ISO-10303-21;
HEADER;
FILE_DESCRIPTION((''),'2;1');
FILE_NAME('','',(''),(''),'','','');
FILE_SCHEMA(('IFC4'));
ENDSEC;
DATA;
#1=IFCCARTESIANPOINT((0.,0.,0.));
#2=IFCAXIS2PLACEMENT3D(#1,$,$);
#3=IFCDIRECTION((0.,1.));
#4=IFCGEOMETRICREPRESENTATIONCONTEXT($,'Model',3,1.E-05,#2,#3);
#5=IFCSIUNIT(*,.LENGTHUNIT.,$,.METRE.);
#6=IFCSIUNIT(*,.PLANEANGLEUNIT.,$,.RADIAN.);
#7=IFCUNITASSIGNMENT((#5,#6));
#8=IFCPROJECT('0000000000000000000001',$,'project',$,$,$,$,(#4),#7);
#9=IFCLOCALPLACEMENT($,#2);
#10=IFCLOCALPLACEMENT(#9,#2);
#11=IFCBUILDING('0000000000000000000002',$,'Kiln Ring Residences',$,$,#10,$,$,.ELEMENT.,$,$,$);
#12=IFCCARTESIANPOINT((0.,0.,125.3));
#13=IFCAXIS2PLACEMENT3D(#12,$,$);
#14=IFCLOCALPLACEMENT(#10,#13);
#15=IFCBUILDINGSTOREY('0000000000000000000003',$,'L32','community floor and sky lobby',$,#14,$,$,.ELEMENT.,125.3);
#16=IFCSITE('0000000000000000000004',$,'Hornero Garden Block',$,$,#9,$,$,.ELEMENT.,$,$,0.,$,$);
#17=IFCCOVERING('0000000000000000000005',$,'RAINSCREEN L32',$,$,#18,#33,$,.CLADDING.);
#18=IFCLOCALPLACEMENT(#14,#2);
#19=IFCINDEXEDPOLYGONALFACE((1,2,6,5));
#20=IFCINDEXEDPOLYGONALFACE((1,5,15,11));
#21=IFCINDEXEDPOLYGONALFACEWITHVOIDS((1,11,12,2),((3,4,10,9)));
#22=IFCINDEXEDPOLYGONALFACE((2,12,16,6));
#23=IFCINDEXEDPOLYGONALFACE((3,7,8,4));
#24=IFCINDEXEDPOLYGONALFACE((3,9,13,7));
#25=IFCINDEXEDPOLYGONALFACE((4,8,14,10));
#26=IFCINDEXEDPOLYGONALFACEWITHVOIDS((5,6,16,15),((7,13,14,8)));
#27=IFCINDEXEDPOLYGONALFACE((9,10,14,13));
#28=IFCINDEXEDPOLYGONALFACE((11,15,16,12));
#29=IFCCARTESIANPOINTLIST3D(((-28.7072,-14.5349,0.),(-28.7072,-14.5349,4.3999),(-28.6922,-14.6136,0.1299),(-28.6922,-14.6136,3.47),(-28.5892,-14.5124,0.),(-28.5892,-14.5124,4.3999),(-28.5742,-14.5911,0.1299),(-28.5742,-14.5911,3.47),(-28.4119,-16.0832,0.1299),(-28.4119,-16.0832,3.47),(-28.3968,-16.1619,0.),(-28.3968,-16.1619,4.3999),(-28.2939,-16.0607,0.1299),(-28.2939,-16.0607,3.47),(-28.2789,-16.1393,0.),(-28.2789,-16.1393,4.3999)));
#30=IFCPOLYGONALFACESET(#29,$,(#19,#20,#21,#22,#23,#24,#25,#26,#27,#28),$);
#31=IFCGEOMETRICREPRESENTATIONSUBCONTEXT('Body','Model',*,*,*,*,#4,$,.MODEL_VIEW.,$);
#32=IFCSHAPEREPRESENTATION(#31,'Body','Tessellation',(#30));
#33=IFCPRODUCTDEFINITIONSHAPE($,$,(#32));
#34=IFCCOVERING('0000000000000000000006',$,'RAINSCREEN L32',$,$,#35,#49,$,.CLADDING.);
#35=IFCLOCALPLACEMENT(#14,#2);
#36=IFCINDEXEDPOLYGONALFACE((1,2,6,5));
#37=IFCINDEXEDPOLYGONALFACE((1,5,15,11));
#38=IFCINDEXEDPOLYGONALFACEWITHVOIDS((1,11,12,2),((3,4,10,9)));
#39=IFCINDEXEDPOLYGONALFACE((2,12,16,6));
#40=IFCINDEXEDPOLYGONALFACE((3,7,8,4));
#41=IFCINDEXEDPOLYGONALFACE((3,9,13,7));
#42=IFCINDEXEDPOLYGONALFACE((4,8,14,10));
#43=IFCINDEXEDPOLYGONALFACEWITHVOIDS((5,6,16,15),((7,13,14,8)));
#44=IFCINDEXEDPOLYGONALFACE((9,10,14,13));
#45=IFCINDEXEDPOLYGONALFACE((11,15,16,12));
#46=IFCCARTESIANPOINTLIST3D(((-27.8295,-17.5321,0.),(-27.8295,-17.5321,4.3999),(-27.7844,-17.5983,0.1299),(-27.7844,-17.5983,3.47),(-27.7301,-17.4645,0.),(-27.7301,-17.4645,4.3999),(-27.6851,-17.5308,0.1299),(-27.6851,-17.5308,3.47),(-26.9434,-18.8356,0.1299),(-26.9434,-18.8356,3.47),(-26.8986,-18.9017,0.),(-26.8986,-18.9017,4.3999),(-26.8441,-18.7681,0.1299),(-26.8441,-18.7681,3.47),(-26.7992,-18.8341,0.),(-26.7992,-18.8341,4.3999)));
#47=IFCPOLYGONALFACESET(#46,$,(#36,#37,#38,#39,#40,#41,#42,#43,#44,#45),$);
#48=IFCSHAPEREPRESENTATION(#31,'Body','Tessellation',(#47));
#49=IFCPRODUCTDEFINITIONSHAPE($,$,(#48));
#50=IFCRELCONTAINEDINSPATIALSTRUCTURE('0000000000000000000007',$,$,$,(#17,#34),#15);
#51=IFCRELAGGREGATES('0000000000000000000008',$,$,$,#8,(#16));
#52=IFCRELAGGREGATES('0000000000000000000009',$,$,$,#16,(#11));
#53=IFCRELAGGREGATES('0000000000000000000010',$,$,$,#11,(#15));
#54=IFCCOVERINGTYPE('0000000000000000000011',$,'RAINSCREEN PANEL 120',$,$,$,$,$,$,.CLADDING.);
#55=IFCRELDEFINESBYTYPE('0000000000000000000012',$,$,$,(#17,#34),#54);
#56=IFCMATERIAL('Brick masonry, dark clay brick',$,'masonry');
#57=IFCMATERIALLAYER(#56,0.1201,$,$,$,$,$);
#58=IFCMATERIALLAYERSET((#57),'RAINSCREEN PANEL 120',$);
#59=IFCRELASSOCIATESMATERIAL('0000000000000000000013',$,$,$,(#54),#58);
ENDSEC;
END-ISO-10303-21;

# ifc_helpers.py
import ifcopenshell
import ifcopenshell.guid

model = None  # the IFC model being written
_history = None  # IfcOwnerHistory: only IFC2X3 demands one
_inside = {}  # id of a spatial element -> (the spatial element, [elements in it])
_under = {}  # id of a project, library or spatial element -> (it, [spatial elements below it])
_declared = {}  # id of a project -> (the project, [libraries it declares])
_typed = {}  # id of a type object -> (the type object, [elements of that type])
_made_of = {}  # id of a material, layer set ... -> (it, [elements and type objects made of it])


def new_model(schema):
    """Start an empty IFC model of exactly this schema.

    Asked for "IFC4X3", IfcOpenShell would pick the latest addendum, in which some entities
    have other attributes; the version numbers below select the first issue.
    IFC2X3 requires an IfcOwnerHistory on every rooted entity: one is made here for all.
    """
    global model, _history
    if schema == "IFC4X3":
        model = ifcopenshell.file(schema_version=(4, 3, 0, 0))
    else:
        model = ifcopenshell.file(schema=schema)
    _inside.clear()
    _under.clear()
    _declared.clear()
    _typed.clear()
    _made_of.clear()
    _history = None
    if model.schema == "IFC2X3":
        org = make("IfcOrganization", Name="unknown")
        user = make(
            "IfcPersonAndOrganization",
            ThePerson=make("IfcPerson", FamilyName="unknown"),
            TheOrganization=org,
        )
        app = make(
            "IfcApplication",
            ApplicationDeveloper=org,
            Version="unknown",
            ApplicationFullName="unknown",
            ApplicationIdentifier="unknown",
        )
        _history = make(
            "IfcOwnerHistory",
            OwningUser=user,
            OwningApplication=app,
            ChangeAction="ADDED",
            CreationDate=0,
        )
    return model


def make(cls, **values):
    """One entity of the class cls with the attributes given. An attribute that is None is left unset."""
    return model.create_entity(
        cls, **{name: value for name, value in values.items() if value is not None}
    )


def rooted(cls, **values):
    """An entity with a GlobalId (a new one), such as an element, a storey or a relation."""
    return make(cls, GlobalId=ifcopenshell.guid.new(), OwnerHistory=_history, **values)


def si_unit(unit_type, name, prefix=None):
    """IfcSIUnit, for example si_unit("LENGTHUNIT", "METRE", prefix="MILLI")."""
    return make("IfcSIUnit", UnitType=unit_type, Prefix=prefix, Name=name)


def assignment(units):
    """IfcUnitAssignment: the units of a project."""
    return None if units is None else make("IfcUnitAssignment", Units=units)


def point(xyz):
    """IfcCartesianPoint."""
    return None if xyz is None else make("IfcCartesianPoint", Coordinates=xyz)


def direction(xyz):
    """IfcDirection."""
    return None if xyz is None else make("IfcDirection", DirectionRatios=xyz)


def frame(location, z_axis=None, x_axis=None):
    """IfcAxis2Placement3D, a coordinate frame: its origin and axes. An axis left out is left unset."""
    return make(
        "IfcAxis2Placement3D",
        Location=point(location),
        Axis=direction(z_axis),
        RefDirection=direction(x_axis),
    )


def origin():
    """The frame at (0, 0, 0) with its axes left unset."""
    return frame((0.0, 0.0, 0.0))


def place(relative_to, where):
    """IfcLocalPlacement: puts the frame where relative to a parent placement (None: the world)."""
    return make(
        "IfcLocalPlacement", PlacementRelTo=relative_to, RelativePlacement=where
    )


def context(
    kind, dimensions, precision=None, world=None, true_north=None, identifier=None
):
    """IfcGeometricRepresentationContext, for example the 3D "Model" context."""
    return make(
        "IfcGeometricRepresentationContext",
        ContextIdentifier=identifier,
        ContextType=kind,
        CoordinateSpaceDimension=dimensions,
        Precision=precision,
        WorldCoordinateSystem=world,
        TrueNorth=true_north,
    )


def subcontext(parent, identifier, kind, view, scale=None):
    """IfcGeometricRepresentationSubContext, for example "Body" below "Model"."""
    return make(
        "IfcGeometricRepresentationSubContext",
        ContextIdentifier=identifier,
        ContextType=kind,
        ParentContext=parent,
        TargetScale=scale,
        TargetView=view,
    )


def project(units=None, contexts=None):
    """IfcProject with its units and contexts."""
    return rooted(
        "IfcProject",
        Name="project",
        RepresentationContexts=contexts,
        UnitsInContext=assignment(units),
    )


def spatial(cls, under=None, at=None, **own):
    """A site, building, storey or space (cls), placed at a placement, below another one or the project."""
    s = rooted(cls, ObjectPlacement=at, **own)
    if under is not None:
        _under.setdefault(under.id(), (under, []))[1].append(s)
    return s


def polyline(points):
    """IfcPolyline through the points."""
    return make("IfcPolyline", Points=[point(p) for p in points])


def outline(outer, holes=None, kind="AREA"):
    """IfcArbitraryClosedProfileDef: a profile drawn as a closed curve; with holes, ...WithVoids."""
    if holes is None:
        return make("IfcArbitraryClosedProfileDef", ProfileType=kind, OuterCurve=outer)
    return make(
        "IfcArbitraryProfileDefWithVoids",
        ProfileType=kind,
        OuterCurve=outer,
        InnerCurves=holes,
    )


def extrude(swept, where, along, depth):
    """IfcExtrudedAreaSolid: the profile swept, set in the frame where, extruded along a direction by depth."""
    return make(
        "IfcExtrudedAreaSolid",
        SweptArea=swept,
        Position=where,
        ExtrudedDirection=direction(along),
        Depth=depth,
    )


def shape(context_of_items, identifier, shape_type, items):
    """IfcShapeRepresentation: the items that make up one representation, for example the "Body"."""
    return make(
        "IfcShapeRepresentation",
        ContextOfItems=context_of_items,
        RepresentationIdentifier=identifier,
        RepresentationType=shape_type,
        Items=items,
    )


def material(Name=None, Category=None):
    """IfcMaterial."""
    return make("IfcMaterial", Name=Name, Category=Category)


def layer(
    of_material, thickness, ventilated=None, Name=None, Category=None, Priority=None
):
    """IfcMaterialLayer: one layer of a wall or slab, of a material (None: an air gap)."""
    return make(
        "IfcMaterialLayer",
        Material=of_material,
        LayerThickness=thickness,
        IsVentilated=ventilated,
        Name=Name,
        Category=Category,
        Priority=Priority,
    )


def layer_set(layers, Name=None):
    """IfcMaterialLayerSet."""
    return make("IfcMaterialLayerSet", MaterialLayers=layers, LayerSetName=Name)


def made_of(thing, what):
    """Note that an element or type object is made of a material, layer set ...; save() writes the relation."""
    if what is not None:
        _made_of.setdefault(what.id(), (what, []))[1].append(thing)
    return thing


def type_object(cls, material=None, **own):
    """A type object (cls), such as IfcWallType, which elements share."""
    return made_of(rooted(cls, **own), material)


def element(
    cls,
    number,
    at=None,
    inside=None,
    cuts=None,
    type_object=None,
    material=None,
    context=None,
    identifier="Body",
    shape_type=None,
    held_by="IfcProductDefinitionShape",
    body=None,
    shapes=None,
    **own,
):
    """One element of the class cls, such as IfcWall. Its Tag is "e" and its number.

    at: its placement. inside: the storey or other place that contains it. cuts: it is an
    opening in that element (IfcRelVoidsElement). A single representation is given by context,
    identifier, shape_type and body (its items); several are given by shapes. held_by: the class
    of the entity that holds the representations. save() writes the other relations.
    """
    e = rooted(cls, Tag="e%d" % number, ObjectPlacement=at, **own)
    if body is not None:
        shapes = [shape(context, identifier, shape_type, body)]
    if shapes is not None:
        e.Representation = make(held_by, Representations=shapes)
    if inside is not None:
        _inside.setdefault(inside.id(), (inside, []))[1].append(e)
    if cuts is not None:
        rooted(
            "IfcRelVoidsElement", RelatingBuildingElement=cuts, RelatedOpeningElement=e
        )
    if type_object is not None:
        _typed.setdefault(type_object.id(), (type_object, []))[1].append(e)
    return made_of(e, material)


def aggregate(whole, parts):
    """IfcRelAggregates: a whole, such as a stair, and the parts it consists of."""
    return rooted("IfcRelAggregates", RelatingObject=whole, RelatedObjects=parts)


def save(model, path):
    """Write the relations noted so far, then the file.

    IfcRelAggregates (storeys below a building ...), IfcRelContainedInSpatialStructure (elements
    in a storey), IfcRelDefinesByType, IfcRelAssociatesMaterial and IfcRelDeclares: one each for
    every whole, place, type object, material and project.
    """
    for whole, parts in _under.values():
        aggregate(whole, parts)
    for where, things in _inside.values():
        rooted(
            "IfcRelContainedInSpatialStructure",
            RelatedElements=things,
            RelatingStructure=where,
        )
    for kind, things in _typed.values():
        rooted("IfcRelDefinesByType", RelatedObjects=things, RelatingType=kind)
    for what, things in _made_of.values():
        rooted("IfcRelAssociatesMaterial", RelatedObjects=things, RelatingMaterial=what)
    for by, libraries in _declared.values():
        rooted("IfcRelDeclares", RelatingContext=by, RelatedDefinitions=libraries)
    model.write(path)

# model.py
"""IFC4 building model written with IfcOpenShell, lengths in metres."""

from ifc_helpers import new_model, si_unit, direction, frame, origin, place, context, subcontext, project, spatial, polyline, outline, extrude, material, layer, layer_set, type_object, element, save


model = new_model("IFC4")

# Units and contexts
model_context = context("Model", 3, precision=1e-05, world=origin(), true_north=direction((0.0, 1.0)))
body_context = subcontext(model_context, "Body", "Model", "MODEL_VIEW")
ifc_project = project(units=[si_unit("LENGTHUNIT", "METRE"), si_unit("PLANEANGLEUNIT", "RADIAN")], contexts=[model_context])

# Site, building, storey
site_placement = place(None, origin())
site = spatial("IfcSite", under=ifc_project, at=site_placement, Name="Hornero Garden Block", CompositionType="ELEMENT", RefElevation=0.0)
building_placement = place(site_placement, origin())
building = spatial("IfcBuilding", under=site, at=building_placement, Name="Kiln Ring Residences", CompositionType="ELEMENT")
storey_placement = place(building_placement, frame((0.0, 0.0, 125.3)))
storey = spatial("IfcBuildingStorey", under=building, at=storey_placement, Name="L32", Description="community floor and sky lobby", CompositionType="ELEMENT", Elevation=125.3)

# Coverings
ifc_material_1 = material(Name="Brick masonry, dark clay brick", Category="masonry")
ifc_layer_1 = layer(ifc_material_1, 0.1201)
ifc_layer_set_1 = layer_set([ifc_layer_1], Name="RAINSCREEN PANEL 120")
covering_type = type_object("IfcCoveringType", Name="RAINSCREEN PANEL 120", PredefinedType="CLADDING", material=ifc_layer_set_1)
covering_1_placement = place(storey_placement, frame((-28.6482, -14.5237, 0.0), z_axis=(0.0, 0.0, 1.0), x_axis=(0.187376, -0.982288, 0.0)))
element("IfcCovering", 1, at=covering_1_placement, inside=storey, type_object=covering_type, Name="RAINSCREEN L32", PredefinedType="CLADDING", context=body_context, shape_type="SweptSolid", body=[
    extrude(outline(polyline([(0.0, 0.0), (1.6562, 0.0), (1.6562, 4.3999), (0.0, 4.3999), (0.0, 0.0)]), holes=[polyline([(0.0801, 3.47), (0.0801, 0.1299), (1.5762, 0.1299), (1.5762, 3.47), (0.0801, 3.47)])]), frame((0.0, 0.0601, 0.0), z_axis=(0.0, -1.0, 0.0), x_axis=(1.0, 0.0, 0.0)), (0.0, 0.0, 1.0), 0.1201),
])
covering_2_placement = place(storey_placement, frame((-27.7798, -17.4983, 0.0), z_axis=(0.0, 0.0, 1.0), x_axis=(0.562129, -0.82705, 0.0)))
element("IfcCovering", 2, at=covering_2_placement, inside=storey, type_object=covering_type, Name="RAINSCREEN L32", PredefinedType="CLADDING", context=body_context, shape_type="SweptSolid", body=[
    extrude(outline(polyline([(0.0, 0.0), (1.656, 0.0), (1.656, 4.3999), (0.0, 4.3999), (0.0, 0.0)]), holes=[polyline([(0.0801, 3.47), (0.0801, 0.1299), (1.5762, 0.1299), (1.5762, 3.47), (0.0801, 3.47)])]), frame((0.0, 0.0601, 0.0), z_axis=(0.0, -1.0, 0.0), x_axis=(1.0, 0.0, 0.0)), (0.0, 0.0, 1.0), 0.1201),
])

save(model, "model.ifc")
